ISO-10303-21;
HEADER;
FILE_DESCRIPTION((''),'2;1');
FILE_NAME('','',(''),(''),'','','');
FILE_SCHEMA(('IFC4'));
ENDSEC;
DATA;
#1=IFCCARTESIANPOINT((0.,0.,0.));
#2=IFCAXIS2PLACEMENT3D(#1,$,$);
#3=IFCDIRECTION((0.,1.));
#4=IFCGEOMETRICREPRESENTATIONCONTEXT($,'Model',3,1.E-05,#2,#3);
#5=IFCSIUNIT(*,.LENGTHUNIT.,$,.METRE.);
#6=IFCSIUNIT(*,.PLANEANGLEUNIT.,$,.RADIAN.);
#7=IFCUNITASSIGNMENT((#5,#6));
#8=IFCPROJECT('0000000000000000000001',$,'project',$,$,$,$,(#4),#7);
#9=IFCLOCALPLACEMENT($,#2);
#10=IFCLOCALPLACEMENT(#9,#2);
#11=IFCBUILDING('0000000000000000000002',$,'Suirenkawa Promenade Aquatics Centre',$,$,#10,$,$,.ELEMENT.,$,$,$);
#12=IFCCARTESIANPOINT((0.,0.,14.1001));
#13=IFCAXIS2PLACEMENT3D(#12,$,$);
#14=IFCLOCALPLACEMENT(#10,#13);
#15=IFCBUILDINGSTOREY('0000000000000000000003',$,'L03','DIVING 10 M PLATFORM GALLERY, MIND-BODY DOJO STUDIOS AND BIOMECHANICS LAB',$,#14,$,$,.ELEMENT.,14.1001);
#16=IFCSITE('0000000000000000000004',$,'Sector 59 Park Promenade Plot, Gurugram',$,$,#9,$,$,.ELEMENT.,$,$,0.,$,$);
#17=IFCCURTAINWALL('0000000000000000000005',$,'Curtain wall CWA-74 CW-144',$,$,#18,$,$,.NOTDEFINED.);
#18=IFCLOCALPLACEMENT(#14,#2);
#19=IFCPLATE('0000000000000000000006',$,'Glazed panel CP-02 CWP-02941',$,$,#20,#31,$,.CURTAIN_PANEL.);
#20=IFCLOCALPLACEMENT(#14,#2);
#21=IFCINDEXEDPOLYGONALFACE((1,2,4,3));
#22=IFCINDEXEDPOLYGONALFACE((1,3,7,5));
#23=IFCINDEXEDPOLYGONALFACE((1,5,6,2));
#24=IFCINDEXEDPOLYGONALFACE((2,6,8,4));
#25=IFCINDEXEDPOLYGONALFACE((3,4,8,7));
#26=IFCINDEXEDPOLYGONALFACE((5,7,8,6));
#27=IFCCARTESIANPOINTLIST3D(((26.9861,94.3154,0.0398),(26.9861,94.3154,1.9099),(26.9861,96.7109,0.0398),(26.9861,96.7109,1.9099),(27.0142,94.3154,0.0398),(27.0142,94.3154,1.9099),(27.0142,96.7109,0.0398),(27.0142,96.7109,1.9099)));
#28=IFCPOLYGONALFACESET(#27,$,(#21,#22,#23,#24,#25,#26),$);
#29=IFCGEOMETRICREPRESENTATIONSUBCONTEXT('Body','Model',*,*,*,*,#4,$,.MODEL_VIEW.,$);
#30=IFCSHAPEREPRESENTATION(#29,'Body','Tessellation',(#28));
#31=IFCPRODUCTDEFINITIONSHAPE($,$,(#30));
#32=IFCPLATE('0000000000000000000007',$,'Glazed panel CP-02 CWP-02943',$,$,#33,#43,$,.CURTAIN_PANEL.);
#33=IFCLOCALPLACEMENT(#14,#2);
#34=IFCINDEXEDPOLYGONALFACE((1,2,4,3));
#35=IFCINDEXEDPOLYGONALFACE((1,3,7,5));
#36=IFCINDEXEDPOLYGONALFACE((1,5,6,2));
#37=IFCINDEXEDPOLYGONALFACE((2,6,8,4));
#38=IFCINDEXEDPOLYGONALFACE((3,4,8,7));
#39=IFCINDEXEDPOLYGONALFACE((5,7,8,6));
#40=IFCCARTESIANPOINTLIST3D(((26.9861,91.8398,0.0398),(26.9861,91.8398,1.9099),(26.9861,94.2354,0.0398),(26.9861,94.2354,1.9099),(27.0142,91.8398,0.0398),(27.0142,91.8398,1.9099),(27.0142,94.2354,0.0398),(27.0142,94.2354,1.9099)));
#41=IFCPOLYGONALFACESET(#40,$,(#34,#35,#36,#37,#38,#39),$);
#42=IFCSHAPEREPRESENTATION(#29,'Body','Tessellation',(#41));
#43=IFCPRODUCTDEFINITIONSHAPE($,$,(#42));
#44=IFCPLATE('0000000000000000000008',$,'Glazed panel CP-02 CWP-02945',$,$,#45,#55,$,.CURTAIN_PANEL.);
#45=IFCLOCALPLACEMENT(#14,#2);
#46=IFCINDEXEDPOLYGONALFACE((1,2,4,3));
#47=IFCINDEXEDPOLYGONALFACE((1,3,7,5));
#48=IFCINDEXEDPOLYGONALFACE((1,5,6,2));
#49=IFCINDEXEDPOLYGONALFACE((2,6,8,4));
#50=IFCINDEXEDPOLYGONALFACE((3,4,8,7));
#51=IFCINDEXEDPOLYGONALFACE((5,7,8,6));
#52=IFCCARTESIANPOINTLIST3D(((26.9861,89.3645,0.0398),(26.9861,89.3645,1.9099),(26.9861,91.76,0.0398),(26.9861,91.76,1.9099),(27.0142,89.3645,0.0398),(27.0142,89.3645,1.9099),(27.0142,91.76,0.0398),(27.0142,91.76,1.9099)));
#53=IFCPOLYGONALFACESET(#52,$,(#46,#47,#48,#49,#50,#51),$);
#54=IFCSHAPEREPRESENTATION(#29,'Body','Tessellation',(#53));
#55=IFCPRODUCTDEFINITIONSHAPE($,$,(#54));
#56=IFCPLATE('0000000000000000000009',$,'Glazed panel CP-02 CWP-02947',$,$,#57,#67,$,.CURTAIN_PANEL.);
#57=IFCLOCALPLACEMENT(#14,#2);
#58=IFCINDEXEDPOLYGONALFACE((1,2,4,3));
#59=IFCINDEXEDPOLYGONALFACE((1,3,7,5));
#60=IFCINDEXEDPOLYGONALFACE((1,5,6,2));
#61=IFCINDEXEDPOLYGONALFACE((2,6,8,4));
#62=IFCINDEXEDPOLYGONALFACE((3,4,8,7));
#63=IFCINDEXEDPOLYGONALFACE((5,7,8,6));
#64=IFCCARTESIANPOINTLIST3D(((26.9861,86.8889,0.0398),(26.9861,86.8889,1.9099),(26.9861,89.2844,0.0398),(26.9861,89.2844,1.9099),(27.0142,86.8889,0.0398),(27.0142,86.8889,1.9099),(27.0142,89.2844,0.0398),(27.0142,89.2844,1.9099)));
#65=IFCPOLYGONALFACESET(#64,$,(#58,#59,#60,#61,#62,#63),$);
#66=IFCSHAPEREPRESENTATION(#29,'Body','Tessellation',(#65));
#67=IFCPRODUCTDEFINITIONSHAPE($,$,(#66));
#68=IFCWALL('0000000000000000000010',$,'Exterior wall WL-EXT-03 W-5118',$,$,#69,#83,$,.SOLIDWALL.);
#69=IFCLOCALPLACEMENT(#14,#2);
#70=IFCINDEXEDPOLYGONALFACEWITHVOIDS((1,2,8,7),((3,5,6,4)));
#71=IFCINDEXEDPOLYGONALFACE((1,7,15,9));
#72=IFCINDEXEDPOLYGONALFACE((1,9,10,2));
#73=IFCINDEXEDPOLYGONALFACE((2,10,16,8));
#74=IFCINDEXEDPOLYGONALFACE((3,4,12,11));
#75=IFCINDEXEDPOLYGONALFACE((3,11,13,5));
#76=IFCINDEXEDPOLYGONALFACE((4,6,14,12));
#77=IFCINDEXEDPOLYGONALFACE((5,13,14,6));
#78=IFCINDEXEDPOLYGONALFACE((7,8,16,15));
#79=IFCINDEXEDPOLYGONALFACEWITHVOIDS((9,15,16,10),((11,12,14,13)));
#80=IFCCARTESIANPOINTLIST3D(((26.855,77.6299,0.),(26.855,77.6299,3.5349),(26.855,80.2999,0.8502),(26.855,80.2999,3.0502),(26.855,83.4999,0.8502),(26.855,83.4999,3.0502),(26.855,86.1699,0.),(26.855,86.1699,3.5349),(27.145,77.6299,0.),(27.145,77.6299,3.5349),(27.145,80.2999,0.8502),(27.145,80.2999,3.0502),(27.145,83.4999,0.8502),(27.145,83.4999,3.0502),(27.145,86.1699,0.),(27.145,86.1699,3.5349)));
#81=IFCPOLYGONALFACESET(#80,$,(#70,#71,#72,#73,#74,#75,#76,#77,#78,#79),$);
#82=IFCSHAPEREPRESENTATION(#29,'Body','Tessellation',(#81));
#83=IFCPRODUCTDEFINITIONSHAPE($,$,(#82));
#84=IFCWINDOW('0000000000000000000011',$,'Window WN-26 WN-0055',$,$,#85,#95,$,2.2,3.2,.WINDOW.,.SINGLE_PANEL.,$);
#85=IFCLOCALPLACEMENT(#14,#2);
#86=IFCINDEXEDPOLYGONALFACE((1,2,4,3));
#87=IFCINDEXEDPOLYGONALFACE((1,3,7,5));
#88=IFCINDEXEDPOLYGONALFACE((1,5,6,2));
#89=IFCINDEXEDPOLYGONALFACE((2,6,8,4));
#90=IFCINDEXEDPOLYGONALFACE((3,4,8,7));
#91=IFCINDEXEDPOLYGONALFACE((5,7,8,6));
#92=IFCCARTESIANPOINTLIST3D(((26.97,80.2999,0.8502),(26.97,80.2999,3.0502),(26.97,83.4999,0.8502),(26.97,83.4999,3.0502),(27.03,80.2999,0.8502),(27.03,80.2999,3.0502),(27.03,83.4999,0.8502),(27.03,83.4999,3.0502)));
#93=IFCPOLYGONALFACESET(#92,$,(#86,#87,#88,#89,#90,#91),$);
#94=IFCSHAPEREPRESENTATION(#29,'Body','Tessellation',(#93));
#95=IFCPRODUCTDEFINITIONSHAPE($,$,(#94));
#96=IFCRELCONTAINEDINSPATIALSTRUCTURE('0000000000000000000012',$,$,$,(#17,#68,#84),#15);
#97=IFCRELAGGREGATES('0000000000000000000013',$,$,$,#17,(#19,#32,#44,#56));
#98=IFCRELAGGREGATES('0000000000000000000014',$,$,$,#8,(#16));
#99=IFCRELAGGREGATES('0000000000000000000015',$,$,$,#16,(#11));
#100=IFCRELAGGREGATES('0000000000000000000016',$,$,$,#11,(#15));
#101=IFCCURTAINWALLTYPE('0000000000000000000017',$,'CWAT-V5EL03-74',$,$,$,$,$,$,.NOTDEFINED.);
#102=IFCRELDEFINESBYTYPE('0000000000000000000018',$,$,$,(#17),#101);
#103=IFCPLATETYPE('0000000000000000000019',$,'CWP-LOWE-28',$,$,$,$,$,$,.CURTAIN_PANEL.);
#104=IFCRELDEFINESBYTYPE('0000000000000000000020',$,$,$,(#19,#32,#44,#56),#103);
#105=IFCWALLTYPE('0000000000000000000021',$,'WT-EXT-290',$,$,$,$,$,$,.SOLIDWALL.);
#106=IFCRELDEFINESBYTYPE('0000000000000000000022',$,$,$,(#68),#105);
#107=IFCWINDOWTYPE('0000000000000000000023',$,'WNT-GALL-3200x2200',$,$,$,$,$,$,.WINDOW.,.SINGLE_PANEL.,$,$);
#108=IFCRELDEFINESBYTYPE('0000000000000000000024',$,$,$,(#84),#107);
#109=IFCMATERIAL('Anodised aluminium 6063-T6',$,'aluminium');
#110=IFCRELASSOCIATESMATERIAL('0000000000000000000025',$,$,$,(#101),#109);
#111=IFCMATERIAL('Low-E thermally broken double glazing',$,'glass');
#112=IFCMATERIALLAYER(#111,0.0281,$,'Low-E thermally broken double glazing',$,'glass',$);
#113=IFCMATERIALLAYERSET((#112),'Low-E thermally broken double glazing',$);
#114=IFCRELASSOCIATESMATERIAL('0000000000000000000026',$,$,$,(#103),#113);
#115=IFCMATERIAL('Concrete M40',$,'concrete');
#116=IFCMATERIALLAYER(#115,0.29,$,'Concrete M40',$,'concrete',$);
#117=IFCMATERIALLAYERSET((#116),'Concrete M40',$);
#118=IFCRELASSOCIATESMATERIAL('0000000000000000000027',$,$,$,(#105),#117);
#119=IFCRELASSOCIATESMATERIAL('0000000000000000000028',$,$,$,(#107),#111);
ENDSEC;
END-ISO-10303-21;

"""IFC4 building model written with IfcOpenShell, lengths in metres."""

from ifc_helpers import new_model, si_unit, direction, frame, frame_2d, origin, place, context, subcontext, project, spatial, polyline, rectangle, outline, extrude, material, layer, layer_set, type_object, element, fill, aggregate, save


model = new_model("IFC4")

# Units and contexts
model_context = context("Model", 3, precision=1e-05, world=origin(), true_north=direction((0.0, 1.0)))
body_context = subcontext(model_context, "Body", "Model", "MODEL_VIEW")
ifc_project = project(units=[si_unit("LENGTHUNIT", "METRE"), si_unit("PLANEANGLEUNIT", "RADIAN")], contexts=[model_context])

# Site, building, storey
site_placement = place(None, origin())
site = spatial("IfcSite", under=ifc_project, at=site_placement, Name="Sector 59 Park Promenade Plot, Gurugram", CompositionType="ELEMENT", RefElevation=0.0)
building_placement = place(site_placement, origin())
building = spatial("IfcBuilding", under=site, at=building_placement, Name="Suirenkawa Promenade Aquatics Centre", CompositionType="ELEMENT")
storey_placement = place(building_placement, frame((0.0, 0.0, 14.1001)))
storey = spatial("IfcBuildingStorey", under=building, at=storey_placement, Name="L03", Description="DIVING 10 M PLATFORM GALLERY, MIND-BODY DOJO STUDIOS AND BIOMECHANICS LAB", CompositionType="ELEMENT", Elevation=14.1001)

# Curtain wall, plates
ifc_material_1 = material(Name="Anodised aluminium 6063-T6", Category="aluminium")
curtain_wall_type = type_object("IfcCurtainWallType", Name="CWAT-V5EL03-74", PredefinedType="NOTDEFINED", material=ifc_material_1)
curtain_wall_placement = place(storey_placement, origin())
curtain_wall = element("IfcCurtainWall", 1, at=curtain_wall_placement, inside=storey, type_object=curtain_wall_type, Name="Curtain wall CWA-74 CW-144", PredefinedType="NOTDEFINED")
ifc_material_2 = material(Name="Low-E thermally broken double glazing", Category="glass")
ifc_layer_1 = layer(ifc_material_2, 0.0281, Name="Low-E thermally broken double glazing", Category="glass")
ifc_layer_set_1 = layer_set([ifc_layer_1], Name="Low-E thermally broken double glazing")
plate_type = type_object("IfcPlateType", Name="CWP-LOWE-28", PredefinedType="CURTAIN_PANEL", material=ifc_layer_set_1)
plate_1_placement = place(storey_placement, frame((27.0, 96.751, 0.0398), z_axis=(0.0, 0.0, 1.0), x_axis=(0.0, -1.0, 0.0)))
plate_1 = element("IfcPlate", 2, at=plate_1_placement, type_object=plate_type, Name="Glazed panel CP-02 CWP-02941", PredefinedType="CURTAIN_PANEL", context=body_context, shape_type="SweptSolid", body=[
    extrude(outline(polyline([(0.04, 0.0), (2.4355, 0.0), (2.4355, 1.8701), (0.04, 1.8701), (0.04, 0.0)])), frame((0.0, 0.0142, 0.0), z_axis=(0.0, -1.0, 0.0), x_axis=(1.0, 0.0, 0.0)), (0.0, 0.0, 1.0), 0.0281),
])
plate_2_placement = place(storey_placement, frame((27.0, 94.2754, 0.0398), z_axis=(0.0, 0.0, 1.0), x_axis=(0.0, -1.0, 0.0)))
plate_2 = element("IfcPlate", 3, at=plate_2_placement, type_object=plate_type, Name="Glazed panel CP-02 CWP-02943", PredefinedType="CURTAIN_PANEL", context=body_context, shape_type="SweptSolid", body=[
    extrude(outline(polyline([(0.04, 0.0), (2.4355, 0.0), (2.4355, 1.8701), (0.04, 1.8701), (0.04, 0.0)])), frame((0.0, 0.0142, 0.0), z_axis=(0.0, -1.0, 0.0), x_axis=(1.0, 0.0, 0.0)), (0.0, 0.0, 1.0), 0.0281),
])
plate_3_placement = place(storey_placement, frame((27.0, 91.8, 0.0398), z_axis=(0.0, 0.0, 1.0), x_axis=(0.0, -1.0, 0.0)))
plate_3 = element("IfcPlate", 4, at=plate_3_placement, type_object=plate_type, Name="Glazed panel CP-02 CWP-02945", PredefinedType="CURTAIN_PANEL", context=body_context, shape_type="SweptSolid", body=[
    extrude(outline(polyline([(0.04, 0.0), (2.4355, 0.0), (2.4355, 1.8701), (0.04, 1.8701), (0.04, 0.0)])), frame((0.0, 0.0142, 0.0), z_axis=(0.0, -1.0, 0.0), x_axis=(1.0, 0.0, 0.0)), (0.0, 0.0, 1.0), 0.0281),
])
plate_4_placement = place(storey_placement, frame((27.0, 89.3245, 0.0398), z_axis=(0.0, 0.0, 1.0), x_axis=(0.0, -1.0, 0.0)))
plate_4 = element("IfcPlate", 5, at=plate_4_placement, type_object=plate_type, Name="Glazed panel CP-02 CWP-02947", PredefinedType="CURTAIN_PANEL", context=body_context, shape_type="SweptSolid", body=[
    extrude(outline(polyline([(0.04, 0.0), (2.4355, 0.0), (2.4355, 1.8701), (0.04, 1.8701), (0.04, 0.0)])), frame((0.0, 0.0142, 0.0), z_axis=(0.0, -1.0, 0.0), x_axis=(1.0, 0.0, 0.0)), (0.0, 0.0, 1.0), 0.0281),
])
aggregate(curtain_wall, [plate_1, plate_2, plate_3, plate_4])

# Wall, opening, window
ifc_material_3 = material(Name="Concrete M40", Category="concrete")
ifc_layer_2 = layer(ifc_material_3, 0.29, Name="Concrete M40", Category="concrete")
ifc_layer_set_2 = layer_set([ifc_layer_2], Name="Concrete M40")
wall_type = type_object("IfcWallType", Name="WT-EXT-290", PredefinedType="SOLIDWALL", material=ifc_layer_set_2)
wall_placement = place(storey_placement, frame((27.0, 86.1699, 0.0), z_axis=(0.0, 0.0, 1.0), x_axis=(0.0, -1.0, 0.0)))
wall = element("IfcWall", 6, at=wall_placement, inside=storey, type_object=wall_type, Name="Exterior wall WL-EXT-03 W-5118", PredefinedType="SOLIDWALL", context=body_context, shape_type="SweptSolid", body=[
    extrude(rectangle(XDim=8.54, YDim=0.29, at=frame_2d((4.27, 0.0))), origin(), (0.0, 0.0, 1.0), 3.5349),
])
opening_placement = place(wall_placement, frame((2.6699, 0.0, 0.8501)))
opening = element("IfcOpeningElement", 7, at=opening_placement, cuts=wall, PredefinedType="OPENING", context=body_context, shape_type="SweptSolid", body=[
    extrude(rectangle(XDim=3.2, YDim=2.2, at=frame_2d((1.6001, 1.1001))), frame((0.0, 0.155, 0.0), z_axis=(0.0, -1.0, 0.0), x_axis=(1.0, 0.0, 0.0)), (0.0, 0.0, 1.0), 0.3101),
])
window_type = type_object("IfcWindowType", Name="WNT-GALL-3200x2200", PartitioningType="SINGLE_PANEL", PredefinedType="WINDOW", material=ifc_material_2)
window_placement = place(opening_placement, origin())
window = element("IfcWindow", 8, at=window_placement, inside=storey, type_object=window_type, Name="Window WN-26 WN-0055", OverallHeight=2.2, OverallWidth=3.2, PartitioningType="SINGLE_PANEL", PredefinedType="WINDOW", context=body_context, shape_type="SweptSolid", body=[
    extrude(rectangle(XDim=3.2, YDim=2.2, at=frame_2d((1.6001, 1.1001))), frame((0.0, 0.03, 0.0), z_axis=(0.0, -1.0, 0.0), x_axis=(1.0, 0.0, 0.0)), (0.0, 0.0, 1.0), 0.0601),
])
fill(opening, window)

save(model, "model.ifc")
